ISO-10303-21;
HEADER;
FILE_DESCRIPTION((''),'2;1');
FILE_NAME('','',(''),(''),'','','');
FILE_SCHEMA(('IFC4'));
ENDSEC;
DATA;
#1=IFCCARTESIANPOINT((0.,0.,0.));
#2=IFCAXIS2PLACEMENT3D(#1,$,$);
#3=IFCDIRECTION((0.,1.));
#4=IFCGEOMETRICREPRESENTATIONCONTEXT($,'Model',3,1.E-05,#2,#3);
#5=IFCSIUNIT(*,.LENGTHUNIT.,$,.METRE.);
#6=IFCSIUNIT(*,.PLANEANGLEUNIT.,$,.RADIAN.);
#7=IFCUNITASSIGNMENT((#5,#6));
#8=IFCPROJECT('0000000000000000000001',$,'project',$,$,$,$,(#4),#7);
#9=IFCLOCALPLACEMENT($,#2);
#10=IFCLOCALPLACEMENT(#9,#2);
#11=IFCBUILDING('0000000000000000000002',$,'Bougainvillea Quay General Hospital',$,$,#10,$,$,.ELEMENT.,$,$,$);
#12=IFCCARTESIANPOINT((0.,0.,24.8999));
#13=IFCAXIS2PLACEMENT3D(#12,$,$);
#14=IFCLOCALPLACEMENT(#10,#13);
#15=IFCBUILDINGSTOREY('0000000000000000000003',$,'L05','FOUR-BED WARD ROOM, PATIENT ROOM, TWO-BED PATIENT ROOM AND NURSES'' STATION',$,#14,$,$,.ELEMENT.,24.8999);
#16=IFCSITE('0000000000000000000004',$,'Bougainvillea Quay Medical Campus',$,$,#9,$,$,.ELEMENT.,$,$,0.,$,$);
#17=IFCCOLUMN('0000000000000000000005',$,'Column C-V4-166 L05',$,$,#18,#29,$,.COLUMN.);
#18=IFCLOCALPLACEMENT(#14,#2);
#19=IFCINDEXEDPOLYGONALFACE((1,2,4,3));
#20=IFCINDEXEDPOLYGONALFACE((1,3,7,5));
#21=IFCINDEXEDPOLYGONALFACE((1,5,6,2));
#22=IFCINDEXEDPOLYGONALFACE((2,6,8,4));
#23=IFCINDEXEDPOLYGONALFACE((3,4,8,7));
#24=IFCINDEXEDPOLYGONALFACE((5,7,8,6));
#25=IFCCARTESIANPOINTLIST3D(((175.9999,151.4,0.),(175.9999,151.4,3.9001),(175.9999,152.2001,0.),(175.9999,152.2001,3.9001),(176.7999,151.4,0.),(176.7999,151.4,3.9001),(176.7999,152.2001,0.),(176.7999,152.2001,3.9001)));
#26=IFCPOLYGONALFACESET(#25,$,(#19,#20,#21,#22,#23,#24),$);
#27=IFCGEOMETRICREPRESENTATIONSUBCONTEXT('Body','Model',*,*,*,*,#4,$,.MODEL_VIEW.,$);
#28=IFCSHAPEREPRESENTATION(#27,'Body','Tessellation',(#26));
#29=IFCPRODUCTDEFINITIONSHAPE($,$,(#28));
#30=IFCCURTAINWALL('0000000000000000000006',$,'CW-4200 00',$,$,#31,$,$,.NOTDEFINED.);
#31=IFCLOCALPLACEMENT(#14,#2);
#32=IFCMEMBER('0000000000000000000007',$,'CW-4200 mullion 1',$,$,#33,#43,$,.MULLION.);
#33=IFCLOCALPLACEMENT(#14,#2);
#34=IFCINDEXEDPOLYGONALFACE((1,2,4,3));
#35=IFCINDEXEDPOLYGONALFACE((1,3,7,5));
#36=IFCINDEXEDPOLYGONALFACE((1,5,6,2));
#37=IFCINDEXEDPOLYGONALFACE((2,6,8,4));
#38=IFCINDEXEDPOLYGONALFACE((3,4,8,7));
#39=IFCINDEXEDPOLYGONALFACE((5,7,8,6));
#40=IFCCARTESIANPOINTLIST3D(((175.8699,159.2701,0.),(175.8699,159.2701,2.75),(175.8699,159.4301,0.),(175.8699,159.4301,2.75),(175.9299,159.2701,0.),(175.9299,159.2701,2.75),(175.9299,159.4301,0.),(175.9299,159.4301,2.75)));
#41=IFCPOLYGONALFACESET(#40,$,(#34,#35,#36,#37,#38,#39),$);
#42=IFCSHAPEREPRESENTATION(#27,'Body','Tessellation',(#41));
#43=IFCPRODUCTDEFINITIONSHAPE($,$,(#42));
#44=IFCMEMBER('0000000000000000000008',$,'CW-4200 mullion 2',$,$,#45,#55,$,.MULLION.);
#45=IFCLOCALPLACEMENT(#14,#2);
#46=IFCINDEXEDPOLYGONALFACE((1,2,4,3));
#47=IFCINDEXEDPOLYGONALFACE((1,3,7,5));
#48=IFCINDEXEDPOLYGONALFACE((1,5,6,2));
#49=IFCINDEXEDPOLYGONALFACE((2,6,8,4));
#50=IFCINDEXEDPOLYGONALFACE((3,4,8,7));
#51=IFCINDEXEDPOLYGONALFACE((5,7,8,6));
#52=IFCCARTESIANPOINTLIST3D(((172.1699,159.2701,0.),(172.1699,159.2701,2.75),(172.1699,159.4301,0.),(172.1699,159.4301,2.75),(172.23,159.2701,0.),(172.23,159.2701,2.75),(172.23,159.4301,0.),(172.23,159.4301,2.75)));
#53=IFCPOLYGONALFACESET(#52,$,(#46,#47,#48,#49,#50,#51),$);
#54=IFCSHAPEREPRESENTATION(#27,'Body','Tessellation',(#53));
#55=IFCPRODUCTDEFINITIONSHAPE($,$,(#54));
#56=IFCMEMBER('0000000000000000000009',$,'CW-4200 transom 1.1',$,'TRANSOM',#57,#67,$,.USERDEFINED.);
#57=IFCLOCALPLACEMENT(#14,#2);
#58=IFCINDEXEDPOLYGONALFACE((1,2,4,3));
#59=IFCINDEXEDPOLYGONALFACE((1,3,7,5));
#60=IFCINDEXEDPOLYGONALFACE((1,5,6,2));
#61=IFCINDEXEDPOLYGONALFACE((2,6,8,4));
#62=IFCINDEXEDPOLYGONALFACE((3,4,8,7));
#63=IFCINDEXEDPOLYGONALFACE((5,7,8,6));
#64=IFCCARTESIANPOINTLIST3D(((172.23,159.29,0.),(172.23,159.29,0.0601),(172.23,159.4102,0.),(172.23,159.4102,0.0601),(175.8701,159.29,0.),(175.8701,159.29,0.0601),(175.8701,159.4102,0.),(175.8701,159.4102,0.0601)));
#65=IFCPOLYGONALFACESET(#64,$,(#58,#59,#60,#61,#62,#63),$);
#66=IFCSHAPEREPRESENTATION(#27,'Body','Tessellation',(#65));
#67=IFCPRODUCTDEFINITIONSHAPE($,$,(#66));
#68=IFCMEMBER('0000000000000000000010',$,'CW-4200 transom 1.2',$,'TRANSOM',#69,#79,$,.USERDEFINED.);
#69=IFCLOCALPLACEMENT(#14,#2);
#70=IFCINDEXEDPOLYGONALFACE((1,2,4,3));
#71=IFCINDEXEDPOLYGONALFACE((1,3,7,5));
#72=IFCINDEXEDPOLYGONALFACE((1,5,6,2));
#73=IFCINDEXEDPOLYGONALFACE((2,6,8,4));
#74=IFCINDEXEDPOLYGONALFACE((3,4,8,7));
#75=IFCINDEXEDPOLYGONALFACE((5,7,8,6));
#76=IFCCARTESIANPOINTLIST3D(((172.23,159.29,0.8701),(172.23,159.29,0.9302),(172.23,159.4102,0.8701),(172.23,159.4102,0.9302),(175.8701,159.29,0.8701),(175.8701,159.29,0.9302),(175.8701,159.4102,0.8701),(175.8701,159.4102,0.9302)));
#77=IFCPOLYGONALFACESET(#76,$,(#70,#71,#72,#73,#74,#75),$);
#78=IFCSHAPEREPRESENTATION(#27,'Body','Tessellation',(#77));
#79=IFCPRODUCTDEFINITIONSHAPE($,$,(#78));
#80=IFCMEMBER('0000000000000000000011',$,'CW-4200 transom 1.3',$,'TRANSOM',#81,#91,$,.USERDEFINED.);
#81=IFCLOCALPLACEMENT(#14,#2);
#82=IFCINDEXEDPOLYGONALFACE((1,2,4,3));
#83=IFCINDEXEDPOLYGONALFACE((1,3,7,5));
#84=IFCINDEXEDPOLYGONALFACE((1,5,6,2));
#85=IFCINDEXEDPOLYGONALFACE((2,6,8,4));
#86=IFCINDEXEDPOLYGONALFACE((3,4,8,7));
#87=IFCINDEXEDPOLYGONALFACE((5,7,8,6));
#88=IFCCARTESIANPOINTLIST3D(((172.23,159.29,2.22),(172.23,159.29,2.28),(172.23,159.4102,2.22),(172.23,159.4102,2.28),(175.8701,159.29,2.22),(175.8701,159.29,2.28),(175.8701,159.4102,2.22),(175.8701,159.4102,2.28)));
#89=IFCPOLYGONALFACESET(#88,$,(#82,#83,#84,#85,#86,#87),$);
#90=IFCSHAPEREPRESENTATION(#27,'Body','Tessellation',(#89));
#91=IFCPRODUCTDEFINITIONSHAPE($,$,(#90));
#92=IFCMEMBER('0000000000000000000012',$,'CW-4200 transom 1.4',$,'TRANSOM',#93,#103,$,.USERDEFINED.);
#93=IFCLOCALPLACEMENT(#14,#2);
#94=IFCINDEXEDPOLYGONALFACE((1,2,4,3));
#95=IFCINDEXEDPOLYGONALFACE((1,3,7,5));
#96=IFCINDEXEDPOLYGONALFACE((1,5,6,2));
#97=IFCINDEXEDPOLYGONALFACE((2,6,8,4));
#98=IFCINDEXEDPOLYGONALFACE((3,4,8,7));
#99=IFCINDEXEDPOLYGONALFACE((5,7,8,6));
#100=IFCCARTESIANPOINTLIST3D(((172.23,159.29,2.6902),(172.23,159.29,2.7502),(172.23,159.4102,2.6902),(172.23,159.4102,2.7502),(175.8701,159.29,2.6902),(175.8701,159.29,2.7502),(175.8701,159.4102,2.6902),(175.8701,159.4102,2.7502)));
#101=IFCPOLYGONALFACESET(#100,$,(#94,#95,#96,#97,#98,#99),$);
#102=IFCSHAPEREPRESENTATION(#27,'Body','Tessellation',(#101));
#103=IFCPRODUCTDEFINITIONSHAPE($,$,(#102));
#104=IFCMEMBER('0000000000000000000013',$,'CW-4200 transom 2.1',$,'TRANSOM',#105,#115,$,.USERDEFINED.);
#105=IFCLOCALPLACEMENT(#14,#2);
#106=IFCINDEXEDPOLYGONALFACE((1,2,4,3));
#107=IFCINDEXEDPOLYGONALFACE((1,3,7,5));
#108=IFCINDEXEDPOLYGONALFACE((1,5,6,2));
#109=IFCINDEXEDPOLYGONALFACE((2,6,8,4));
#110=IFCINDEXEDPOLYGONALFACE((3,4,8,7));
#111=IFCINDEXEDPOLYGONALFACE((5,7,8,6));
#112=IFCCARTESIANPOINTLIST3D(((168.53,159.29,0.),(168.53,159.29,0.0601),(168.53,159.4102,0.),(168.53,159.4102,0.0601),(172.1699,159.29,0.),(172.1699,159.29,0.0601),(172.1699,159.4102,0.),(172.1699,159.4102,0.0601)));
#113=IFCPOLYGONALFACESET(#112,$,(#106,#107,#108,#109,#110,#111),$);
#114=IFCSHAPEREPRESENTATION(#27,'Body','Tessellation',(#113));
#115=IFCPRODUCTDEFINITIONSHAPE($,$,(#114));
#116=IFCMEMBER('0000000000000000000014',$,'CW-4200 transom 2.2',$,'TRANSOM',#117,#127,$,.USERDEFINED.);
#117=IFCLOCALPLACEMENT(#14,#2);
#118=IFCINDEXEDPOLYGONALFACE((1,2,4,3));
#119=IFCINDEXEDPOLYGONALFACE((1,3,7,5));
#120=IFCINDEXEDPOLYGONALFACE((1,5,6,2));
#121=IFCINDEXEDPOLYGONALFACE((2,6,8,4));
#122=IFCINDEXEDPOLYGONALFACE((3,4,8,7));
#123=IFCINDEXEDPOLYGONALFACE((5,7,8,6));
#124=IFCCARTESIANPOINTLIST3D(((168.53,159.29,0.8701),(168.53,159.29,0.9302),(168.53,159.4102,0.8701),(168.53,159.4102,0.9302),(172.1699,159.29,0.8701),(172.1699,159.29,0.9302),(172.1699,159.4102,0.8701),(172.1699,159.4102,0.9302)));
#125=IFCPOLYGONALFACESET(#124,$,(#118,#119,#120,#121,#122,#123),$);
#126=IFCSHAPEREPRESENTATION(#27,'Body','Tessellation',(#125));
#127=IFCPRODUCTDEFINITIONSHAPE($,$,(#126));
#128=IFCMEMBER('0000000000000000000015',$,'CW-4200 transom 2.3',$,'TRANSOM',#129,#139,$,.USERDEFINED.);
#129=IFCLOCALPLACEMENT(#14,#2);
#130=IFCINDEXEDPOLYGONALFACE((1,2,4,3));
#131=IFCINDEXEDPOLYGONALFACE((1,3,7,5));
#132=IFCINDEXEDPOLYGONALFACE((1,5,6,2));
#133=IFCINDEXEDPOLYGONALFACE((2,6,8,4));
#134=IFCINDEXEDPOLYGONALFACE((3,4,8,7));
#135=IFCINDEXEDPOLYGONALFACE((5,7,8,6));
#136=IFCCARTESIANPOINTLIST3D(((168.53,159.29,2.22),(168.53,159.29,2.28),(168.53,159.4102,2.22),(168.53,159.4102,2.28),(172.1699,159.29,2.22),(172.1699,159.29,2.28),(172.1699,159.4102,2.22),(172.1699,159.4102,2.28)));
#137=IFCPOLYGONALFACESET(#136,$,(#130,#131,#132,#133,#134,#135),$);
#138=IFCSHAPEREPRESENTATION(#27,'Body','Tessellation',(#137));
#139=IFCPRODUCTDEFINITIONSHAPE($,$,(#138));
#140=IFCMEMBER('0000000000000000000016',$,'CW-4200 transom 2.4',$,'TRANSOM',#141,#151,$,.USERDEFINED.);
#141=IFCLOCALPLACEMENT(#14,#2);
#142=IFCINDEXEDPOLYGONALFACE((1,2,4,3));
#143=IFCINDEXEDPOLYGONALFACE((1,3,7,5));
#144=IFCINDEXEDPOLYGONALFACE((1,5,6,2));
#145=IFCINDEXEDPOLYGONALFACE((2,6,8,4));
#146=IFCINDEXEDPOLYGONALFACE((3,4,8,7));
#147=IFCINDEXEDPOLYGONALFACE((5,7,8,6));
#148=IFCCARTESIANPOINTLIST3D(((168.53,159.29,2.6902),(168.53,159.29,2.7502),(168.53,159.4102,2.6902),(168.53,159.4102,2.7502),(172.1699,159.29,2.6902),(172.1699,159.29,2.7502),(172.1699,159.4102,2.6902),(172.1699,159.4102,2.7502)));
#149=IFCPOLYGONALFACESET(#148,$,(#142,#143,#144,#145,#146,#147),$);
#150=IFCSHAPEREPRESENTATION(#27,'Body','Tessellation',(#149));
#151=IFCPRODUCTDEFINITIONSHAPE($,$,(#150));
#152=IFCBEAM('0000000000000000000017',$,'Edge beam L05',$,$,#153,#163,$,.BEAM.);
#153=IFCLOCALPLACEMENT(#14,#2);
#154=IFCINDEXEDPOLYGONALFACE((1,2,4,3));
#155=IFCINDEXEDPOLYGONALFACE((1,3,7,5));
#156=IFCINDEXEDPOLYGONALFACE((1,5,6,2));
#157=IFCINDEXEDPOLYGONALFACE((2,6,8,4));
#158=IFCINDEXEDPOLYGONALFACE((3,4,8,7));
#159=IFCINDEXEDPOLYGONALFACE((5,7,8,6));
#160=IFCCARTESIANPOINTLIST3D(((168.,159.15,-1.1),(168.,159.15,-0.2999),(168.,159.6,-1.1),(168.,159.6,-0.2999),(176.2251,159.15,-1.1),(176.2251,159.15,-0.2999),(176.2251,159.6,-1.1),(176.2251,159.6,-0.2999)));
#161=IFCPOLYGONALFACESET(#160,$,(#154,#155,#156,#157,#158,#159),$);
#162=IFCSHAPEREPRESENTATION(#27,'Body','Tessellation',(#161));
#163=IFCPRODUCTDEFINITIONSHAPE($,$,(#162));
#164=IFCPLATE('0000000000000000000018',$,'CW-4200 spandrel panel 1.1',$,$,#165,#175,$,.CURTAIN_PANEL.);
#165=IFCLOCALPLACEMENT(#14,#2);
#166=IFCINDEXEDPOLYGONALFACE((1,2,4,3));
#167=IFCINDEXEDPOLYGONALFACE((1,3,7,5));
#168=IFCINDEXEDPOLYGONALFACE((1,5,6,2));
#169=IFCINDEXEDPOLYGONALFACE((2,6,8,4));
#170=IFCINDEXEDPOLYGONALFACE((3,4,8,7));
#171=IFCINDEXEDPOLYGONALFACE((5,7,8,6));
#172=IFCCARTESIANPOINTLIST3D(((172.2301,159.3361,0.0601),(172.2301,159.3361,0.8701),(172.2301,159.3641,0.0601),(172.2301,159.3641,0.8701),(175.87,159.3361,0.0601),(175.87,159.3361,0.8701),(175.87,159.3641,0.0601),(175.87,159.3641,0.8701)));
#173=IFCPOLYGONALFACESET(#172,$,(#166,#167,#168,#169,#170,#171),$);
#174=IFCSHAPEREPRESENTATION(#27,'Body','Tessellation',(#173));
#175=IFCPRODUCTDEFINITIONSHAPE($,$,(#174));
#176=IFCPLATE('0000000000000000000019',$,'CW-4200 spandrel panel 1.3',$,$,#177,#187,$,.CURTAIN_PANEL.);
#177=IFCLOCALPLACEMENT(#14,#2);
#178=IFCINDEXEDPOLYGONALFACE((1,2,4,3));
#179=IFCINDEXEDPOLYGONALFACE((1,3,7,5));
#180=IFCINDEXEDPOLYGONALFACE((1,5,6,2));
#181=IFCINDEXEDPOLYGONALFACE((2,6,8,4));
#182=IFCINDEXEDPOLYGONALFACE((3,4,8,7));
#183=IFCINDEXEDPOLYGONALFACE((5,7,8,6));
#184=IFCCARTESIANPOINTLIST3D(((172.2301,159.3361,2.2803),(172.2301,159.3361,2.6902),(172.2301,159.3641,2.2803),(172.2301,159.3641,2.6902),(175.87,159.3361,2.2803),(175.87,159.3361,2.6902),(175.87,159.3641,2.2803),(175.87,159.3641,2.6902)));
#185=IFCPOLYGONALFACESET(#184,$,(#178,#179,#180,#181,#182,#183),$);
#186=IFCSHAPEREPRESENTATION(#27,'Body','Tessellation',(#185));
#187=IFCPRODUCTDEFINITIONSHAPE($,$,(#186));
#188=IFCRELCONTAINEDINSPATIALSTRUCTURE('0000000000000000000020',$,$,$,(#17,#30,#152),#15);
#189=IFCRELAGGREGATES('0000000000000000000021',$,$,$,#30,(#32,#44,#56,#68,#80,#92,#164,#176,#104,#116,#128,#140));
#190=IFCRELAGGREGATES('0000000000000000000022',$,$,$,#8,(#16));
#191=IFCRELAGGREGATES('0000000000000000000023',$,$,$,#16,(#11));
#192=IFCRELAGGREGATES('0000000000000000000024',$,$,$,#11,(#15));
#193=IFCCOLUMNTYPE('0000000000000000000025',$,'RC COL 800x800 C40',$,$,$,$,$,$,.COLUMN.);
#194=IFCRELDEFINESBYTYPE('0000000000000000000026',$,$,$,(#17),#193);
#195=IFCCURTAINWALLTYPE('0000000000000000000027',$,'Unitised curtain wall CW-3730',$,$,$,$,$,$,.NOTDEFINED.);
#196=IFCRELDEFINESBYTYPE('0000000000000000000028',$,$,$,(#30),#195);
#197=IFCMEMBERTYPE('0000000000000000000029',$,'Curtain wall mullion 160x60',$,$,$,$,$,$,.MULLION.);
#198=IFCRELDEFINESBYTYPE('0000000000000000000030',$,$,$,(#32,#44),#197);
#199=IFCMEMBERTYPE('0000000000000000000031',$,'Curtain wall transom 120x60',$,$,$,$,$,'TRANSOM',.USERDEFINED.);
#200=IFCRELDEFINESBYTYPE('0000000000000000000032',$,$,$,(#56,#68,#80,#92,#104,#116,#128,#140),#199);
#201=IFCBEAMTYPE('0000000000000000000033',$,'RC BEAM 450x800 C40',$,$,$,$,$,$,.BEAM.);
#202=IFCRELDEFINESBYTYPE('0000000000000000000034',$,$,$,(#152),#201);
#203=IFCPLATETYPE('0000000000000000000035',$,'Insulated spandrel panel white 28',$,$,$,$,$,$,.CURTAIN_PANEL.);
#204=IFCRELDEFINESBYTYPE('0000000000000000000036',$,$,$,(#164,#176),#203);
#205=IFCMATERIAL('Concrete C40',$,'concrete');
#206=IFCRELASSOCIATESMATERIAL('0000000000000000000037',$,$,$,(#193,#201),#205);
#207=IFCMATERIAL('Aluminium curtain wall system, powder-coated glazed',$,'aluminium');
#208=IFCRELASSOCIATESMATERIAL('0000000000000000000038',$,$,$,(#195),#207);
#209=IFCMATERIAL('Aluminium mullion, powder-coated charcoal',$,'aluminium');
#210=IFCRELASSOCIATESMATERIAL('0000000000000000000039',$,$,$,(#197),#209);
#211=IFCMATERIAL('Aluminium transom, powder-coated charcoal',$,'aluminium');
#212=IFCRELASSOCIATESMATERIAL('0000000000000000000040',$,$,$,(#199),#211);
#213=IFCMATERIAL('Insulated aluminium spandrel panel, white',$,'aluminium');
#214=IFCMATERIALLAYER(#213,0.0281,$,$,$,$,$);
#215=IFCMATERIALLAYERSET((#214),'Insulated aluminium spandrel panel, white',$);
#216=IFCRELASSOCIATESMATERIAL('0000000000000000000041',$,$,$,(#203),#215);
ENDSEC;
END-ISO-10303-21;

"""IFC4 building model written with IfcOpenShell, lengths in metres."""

from ifc_helpers import new_model, si_unit, direction, frame, origin, origin_2d, place, context, subcontext, project, spatial, rectangle, extrude, material, layer, layer_set, material_profile, profile_set, type_object, element, aggregate, save


model = new_model("IFC4")

# Units and contexts
model_context = context("Model", 3, precision=1e-05, world=origin(), true_north=direction((0.0, 1.0)))
body_context = subcontext(model_context, "Body", "Model", "MODEL_VIEW")
ifc_project = project(units=[si_unit("LENGTHUNIT", "METRE"), si_unit("PLANEANGLEUNIT", "RADIAN")], contexts=[model_context])

# Site, building, storey
site_placement = place(None, origin())
site = spatial("IfcSite", under=ifc_project, at=site_placement, Name="Bougainvillea Quay Medical Campus", CompositionType="ELEMENT", RefElevation=0.0)
building_placement = place(site_placement, origin())
building = spatial("IfcBuilding", under=site, at=building_placement, Name="Bougainvillea Quay General Hospital", CompositionType="ELEMENT")
storey_placement = place(building_placement, frame((0.0, 0.0, 24.8999)))
storey = spatial("IfcBuildingStorey", under=building, at=storey_placement, Name="L05", Description="FOUR-BED WARD ROOM, PATIENT ROOM, TWO-BED PATIENT ROOM AND NURSES' STATION", CompositionType="ELEMENT", Elevation=24.8999)

# Column
ifc_material_1 = material(Name="Concrete C40", Category="concrete")
ifc_material_profile_1 = material_profile(ifc_material_1, rectangle(XDim=0.8, YDim=0.8, at=origin_2d()))
ifc_profile_set_1 = profile_set([ifc_material_profile_1], Name="Concrete C40")
column_type = type_object("IfcColumnType", Name="RC COL 800x800 C40", PredefinedType="COLUMN", material=ifc_profile_set_1)
column_placement = place(storey_placement, frame((176.3999, 151.8, 0.0), z_axis=(0.0, 0.0, 1.0), x_axis=(1.0, 0.0, 0.0)))
element("IfcColumn", 1, at=column_placement, inside=storey, type_object=column_type, Name="Column C-V4-166 L05", PredefinedType="COLUMN", context=body_context, shape_type="SweptSolid", body=[
    extrude(rectangle(XDim=0.8, YDim=0.8, at=origin_2d()), origin(), (0.0, 0.0, 1.0), 3.9001),
])

# Curtain wall, members
ifc_material_2 = material(Name="Aluminium curtain wall system, powder-coated glazed", Category="aluminium")
curtain_wall_type = type_object("IfcCurtainWallType", Name="Unitised curtain wall CW-3730", PredefinedType="NOTDEFINED", material=ifc_material_2)
curtain_wall_placement = place(storey_placement, origin())
curtain_wall = element("IfcCurtainWall", 2, at=curtain_wall_placement, inside=storey, type_object=curtain_wall_type, Name="CW-4200 00", PredefinedType="NOTDEFINED")
ifc_material_3 = material(Name="Aluminium mullion, powder-coated charcoal", Category="aluminium")
ifc_material_profile_2 = material_profile(ifc_material_3, rectangle(XDim=0.1599, YDim=0.0601, at=origin_2d()))
ifc_profile_set_2 = profile_set([ifc_material_profile_2], Name="Aluminium mullion, powder-coated charcoal")
member_type_1 = type_object("IfcMemberType", Name="Curtain wall mullion 160x60", PredefinedType="MULLION", material=ifc_profile_set_2)
member_1_placement = place(storey_placement, frame((175.8999, 159.3501, 0.0), z_axis=(0.0, 0.0, 1.0), x_axis=(0.0, -1.0, 0.0)))
member_1 = element("IfcMember", 3, at=member_1_placement, type_object=member_type_1, Name="CW-4200 mullion 1", PredefinedType="MULLION", context=body_context, shape_type="SweptSolid", body=[
    extrude(rectangle(XDim=0.1599, YDim=0.0601, at=origin_2d()), origin(), (0.0, 0.0, 1.0), 2.75),
])
member_2_placement = place(storey_placement, frame((172.2, 159.3501, 0.0), z_axis=(0.0, 0.0, 1.0), x_axis=(0.0, -1.0, 0.0)))
member_2 = element("IfcMember", 4, at=member_2_placement, type_object=member_type_1, Name="CW-4200 mullion 2", PredefinedType="MULLION", context=body_context, shape_type="SweptSolid", body=[
    extrude(rectangle(XDim=0.1599, YDim=0.0601, at=origin_2d()), origin(), (0.0, 0.0, 1.0), 2.75),
])
ifc_material_4 = material(Name="Aluminium transom, powder-coated charcoal", Category="aluminium")
ifc_material_profile_3 = material_profile(ifc_material_4, rectangle(XDim=0.1201, YDim=0.0601, at=origin_2d()))
ifc_profile_set_3 = profile_set([ifc_material_profile_3], Name="Aluminium transom, powder-coated charcoal")
member_type_2 = type_object("IfcMemberType", Name="Curtain wall transom 120x60", ElementType="TRANSOM", PredefinedType="USERDEFINED", material=ifc_profile_set_3)
member_3_placement = place(storey_placement, frame((175.8701, 159.3501, 0.03), z_axis=(-1.0, 0.0, 0.0), x_axis=(0.0, -1.0, 0.0)))
member_3 = element("IfcMember", 5, at=member_3_placement, type_object=member_type_2, Name="CW-4200 transom 1.1", ObjectType="TRANSOM", PredefinedType="USERDEFINED", context=body_context, shape_type="SweptSolid", body=[
    extrude(rectangle(XDim=0.1201, YDim=0.0601, at=origin_2d()), origin(), (0.0, 0.0, 1.0), 3.6401),
])
member_4_placement = place(storey_placement, frame((175.8701, 159.3501, 0.9001), z_axis=(-1.0, 0.0, 0.0), x_axis=(0.0, -1.0, 0.0)))
member_4 = element("IfcMember", 6, at=member_4_placement, type_object=member_type_2, Name="CW-4200 transom 1.2", ObjectType="TRANSOM", PredefinedType="USERDEFINED", context=body_context, shape_type="SweptSolid", body=[
    extrude(rectangle(XDim=0.1201, YDim=0.0601, at=origin_2d()), origin(), (0.0, 0.0, 1.0), 3.6401),
])
member_5_placement = place(storey_placement, frame((175.8701, 159.3501, 2.25), z_axis=(-1.0, 0.0, 0.0), x_axis=(0.0, -1.0, 0.0)))
member_5 = element("IfcMember", 7, at=member_5_placement, type_object=member_type_2, Name="CW-4200 transom 1.3", ObjectType="TRANSOM", PredefinedType="USERDEFINED", context=body_context, shape_type="SweptSolid", body=[
    extrude(rectangle(XDim=0.1201, YDim=0.0601, at=origin_2d()), origin(), (0.0, 0.0, 1.0), 3.6401),
])
member_6_placement = place(storey_placement, frame((175.8701, 159.3501, 2.7202), z_axis=(-1.0, 0.0, 0.0), x_axis=(0.0, -1.0, 0.0)))
member_6 = element("IfcMember", 8, at=member_6_placement, type_object=member_type_2, Name="CW-4200 transom 1.4", ObjectType="TRANSOM", PredefinedType="USERDEFINED", context=body_context, shape_type="SweptSolid", body=[
    extrude(rectangle(XDim=0.1201, YDim=0.0601, at=origin_2d()), origin(), (0.0, 0.0, 1.0), 3.6401),
])
member_7_placement = place(storey_placement, frame((172.1699, 159.3501, 0.03), z_axis=(-1.0, 0.0, 0.0), x_axis=(0.0, -1.0, 0.0)))
member_7 = element("IfcMember", 9, at=member_7_placement, type_object=member_type_2, Name="CW-4200 transom 2.1", ObjectType="TRANSOM", PredefinedType="USERDEFINED", context=body_context, shape_type="SweptSolid", body=[
    extrude(rectangle(XDim=0.1201, YDim=0.0601, at=origin_2d()), origin(), (0.0, 0.0, 1.0), 3.6399),
])
member_8_placement = place(storey_placement, frame((172.1699, 159.3501, 0.9001), z_axis=(-1.0, 0.0, 0.0), x_axis=(0.0, -1.0, 0.0)))
member_8 = element("IfcMember", 10, at=member_8_placement, type_object=member_type_2, Name="CW-4200 transom 2.2", ObjectType="TRANSOM", PredefinedType="USERDEFINED", context=body_context, shape_type="SweptSolid", body=[
    extrude(rectangle(XDim=0.1201, YDim=0.0601, at=origin_2d()), origin(), (0.0, 0.0, 1.0), 3.6399),
])
member_9_placement = place(storey_placement, frame((172.1699, 159.3501, 2.25), z_axis=(-1.0, 0.0, 0.0), x_axis=(0.0, -1.0, 0.0)))
member_9 = element("IfcMember", 11, at=member_9_placement, type_object=member_type_2, Name="CW-4200 transom 2.3", ObjectType="TRANSOM", PredefinedType="USERDEFINED", context=body_context, shape_type="SweptSolid", body=[
    extrude(rectangle(XDim=0.1201, YDim=0.0601, at=origin_2d()), origin(), (0.0, 0.0, 1.0), 3.6399),
])
member_10_placement = place(storey_placement, frame((172.1699, 159.3501, 2.7202), z_axis=(-1.0, 0.0, 0.0), x_axis=(0.0, -1.0, 0.0)))
member_10 = element("IfcMember", 12, at=member_10_placement, type_object=member_type_2, Name="CW-4200 transom 2.4", ObjectType="TRANSOM", PredefinedType="USERDEFINED", context=body_context, shape_type="SweptSolid", body=[
    extrude(rectangle(XDim=0.1201, YDim=0.0601, at=origin_2d()), origin(), (0.0, 0.0, 1.0), 3.6399),
])

# Beam
ifc_material_profile_4 = material_profile(ifc_material_1, rectangle(XDim=0.45, YDim=0.8, at=origin_2d()))
ifc_profile_set_4 = profile_set([ifc_material_profile_4], Name="Concrete C40")
beam_type = type_object("IfcBeamType", Name="RC BEAM 450x800 C40", PredefinedType="BEAM", material=ifc_profile_set_4)
beam_placement = place(storey_placement, frame((176.2251, 159.375, -0.7), z_axis=(-1.0, 0.0, 0.0), x_axis=(0.0, -1.0, 0.0)))
element("IfcBeam", 13, at=beam_placement, inside=storey, type_object=beam_type, Name="Edge beam L05", PredefinedType="BEAM", context=body_context, shape_type="SweptSolid", body=[
    extrude(rectangle(XDim=0.45, YDim=0.8, at=origin_2d()), origin(), (0.0, 0.0, 1.0), 8.2251),
])

# Plates
ifc_material_5 = material(Name="Insulated aluminium spandrel panel, white", Category="aluminium")
ifc_layer_1 = layer(ifc_material_5, 0.0281)
ifc_layer_set_1 = layer_set([ifc_layer_1], Name="Insulated aluminium spandrel panel, white")
plate_type_1 = type_object("IfcPlateType", Name="Insulated spandrel panel white 28", PredefinedType="CURTAIN_PANEL", material=ifc_layer_set_1)
plate_1_placement = place(storey_placement, frame((174.05, 159.3501, 0.0601), z_axis=(0.0, 0.0, 1.0), x_axis=(-1.0, 0.0, 0.0)))
plate_1 = element("IfcPlate", 14, at=plate_1_placement, type_object=plate_type_1, Name="CW-4200 spandrel panel 1.1", PredefinedType="CURTAIN_PANEL", context=body_context, shape_type="SweptSolid", body=[
    extrude(rectangle(XDim=3.6399, YDim=0.0281, at=origin_2d()), origin(), (0.0, 0.0, 1.0), 0.8101),
])
plate_2_placement = place(storey_placement, frame((174.05, 159.3501, 2.2803), z_axis=(0.0, 0.0, 1.0), x_axis=(-1.0, 0.0, 0.0)))
plate_2 = element("IfcPlate", 15, at=plate_2_placement, type_object=plate_type_1, Name="CW-4200 spandrel panel 1.3", PredefinedType="CURTAIN_PANEL", context=body_context, shape_type="SweptSolid", body=[
    extrude(rectangle(XDim=3.6399, YDim=0.0281, at=origin_2d()), origin(), (0.0, 0.0, 1.0), 0.4099),
])
aggregate(curtain_wall, [member_1, member_2, member_3, member_4, member_5, member_6, plate_1, plate_2, member_7, member_8, member_9, member_10])

save(model, "model.ifc")
